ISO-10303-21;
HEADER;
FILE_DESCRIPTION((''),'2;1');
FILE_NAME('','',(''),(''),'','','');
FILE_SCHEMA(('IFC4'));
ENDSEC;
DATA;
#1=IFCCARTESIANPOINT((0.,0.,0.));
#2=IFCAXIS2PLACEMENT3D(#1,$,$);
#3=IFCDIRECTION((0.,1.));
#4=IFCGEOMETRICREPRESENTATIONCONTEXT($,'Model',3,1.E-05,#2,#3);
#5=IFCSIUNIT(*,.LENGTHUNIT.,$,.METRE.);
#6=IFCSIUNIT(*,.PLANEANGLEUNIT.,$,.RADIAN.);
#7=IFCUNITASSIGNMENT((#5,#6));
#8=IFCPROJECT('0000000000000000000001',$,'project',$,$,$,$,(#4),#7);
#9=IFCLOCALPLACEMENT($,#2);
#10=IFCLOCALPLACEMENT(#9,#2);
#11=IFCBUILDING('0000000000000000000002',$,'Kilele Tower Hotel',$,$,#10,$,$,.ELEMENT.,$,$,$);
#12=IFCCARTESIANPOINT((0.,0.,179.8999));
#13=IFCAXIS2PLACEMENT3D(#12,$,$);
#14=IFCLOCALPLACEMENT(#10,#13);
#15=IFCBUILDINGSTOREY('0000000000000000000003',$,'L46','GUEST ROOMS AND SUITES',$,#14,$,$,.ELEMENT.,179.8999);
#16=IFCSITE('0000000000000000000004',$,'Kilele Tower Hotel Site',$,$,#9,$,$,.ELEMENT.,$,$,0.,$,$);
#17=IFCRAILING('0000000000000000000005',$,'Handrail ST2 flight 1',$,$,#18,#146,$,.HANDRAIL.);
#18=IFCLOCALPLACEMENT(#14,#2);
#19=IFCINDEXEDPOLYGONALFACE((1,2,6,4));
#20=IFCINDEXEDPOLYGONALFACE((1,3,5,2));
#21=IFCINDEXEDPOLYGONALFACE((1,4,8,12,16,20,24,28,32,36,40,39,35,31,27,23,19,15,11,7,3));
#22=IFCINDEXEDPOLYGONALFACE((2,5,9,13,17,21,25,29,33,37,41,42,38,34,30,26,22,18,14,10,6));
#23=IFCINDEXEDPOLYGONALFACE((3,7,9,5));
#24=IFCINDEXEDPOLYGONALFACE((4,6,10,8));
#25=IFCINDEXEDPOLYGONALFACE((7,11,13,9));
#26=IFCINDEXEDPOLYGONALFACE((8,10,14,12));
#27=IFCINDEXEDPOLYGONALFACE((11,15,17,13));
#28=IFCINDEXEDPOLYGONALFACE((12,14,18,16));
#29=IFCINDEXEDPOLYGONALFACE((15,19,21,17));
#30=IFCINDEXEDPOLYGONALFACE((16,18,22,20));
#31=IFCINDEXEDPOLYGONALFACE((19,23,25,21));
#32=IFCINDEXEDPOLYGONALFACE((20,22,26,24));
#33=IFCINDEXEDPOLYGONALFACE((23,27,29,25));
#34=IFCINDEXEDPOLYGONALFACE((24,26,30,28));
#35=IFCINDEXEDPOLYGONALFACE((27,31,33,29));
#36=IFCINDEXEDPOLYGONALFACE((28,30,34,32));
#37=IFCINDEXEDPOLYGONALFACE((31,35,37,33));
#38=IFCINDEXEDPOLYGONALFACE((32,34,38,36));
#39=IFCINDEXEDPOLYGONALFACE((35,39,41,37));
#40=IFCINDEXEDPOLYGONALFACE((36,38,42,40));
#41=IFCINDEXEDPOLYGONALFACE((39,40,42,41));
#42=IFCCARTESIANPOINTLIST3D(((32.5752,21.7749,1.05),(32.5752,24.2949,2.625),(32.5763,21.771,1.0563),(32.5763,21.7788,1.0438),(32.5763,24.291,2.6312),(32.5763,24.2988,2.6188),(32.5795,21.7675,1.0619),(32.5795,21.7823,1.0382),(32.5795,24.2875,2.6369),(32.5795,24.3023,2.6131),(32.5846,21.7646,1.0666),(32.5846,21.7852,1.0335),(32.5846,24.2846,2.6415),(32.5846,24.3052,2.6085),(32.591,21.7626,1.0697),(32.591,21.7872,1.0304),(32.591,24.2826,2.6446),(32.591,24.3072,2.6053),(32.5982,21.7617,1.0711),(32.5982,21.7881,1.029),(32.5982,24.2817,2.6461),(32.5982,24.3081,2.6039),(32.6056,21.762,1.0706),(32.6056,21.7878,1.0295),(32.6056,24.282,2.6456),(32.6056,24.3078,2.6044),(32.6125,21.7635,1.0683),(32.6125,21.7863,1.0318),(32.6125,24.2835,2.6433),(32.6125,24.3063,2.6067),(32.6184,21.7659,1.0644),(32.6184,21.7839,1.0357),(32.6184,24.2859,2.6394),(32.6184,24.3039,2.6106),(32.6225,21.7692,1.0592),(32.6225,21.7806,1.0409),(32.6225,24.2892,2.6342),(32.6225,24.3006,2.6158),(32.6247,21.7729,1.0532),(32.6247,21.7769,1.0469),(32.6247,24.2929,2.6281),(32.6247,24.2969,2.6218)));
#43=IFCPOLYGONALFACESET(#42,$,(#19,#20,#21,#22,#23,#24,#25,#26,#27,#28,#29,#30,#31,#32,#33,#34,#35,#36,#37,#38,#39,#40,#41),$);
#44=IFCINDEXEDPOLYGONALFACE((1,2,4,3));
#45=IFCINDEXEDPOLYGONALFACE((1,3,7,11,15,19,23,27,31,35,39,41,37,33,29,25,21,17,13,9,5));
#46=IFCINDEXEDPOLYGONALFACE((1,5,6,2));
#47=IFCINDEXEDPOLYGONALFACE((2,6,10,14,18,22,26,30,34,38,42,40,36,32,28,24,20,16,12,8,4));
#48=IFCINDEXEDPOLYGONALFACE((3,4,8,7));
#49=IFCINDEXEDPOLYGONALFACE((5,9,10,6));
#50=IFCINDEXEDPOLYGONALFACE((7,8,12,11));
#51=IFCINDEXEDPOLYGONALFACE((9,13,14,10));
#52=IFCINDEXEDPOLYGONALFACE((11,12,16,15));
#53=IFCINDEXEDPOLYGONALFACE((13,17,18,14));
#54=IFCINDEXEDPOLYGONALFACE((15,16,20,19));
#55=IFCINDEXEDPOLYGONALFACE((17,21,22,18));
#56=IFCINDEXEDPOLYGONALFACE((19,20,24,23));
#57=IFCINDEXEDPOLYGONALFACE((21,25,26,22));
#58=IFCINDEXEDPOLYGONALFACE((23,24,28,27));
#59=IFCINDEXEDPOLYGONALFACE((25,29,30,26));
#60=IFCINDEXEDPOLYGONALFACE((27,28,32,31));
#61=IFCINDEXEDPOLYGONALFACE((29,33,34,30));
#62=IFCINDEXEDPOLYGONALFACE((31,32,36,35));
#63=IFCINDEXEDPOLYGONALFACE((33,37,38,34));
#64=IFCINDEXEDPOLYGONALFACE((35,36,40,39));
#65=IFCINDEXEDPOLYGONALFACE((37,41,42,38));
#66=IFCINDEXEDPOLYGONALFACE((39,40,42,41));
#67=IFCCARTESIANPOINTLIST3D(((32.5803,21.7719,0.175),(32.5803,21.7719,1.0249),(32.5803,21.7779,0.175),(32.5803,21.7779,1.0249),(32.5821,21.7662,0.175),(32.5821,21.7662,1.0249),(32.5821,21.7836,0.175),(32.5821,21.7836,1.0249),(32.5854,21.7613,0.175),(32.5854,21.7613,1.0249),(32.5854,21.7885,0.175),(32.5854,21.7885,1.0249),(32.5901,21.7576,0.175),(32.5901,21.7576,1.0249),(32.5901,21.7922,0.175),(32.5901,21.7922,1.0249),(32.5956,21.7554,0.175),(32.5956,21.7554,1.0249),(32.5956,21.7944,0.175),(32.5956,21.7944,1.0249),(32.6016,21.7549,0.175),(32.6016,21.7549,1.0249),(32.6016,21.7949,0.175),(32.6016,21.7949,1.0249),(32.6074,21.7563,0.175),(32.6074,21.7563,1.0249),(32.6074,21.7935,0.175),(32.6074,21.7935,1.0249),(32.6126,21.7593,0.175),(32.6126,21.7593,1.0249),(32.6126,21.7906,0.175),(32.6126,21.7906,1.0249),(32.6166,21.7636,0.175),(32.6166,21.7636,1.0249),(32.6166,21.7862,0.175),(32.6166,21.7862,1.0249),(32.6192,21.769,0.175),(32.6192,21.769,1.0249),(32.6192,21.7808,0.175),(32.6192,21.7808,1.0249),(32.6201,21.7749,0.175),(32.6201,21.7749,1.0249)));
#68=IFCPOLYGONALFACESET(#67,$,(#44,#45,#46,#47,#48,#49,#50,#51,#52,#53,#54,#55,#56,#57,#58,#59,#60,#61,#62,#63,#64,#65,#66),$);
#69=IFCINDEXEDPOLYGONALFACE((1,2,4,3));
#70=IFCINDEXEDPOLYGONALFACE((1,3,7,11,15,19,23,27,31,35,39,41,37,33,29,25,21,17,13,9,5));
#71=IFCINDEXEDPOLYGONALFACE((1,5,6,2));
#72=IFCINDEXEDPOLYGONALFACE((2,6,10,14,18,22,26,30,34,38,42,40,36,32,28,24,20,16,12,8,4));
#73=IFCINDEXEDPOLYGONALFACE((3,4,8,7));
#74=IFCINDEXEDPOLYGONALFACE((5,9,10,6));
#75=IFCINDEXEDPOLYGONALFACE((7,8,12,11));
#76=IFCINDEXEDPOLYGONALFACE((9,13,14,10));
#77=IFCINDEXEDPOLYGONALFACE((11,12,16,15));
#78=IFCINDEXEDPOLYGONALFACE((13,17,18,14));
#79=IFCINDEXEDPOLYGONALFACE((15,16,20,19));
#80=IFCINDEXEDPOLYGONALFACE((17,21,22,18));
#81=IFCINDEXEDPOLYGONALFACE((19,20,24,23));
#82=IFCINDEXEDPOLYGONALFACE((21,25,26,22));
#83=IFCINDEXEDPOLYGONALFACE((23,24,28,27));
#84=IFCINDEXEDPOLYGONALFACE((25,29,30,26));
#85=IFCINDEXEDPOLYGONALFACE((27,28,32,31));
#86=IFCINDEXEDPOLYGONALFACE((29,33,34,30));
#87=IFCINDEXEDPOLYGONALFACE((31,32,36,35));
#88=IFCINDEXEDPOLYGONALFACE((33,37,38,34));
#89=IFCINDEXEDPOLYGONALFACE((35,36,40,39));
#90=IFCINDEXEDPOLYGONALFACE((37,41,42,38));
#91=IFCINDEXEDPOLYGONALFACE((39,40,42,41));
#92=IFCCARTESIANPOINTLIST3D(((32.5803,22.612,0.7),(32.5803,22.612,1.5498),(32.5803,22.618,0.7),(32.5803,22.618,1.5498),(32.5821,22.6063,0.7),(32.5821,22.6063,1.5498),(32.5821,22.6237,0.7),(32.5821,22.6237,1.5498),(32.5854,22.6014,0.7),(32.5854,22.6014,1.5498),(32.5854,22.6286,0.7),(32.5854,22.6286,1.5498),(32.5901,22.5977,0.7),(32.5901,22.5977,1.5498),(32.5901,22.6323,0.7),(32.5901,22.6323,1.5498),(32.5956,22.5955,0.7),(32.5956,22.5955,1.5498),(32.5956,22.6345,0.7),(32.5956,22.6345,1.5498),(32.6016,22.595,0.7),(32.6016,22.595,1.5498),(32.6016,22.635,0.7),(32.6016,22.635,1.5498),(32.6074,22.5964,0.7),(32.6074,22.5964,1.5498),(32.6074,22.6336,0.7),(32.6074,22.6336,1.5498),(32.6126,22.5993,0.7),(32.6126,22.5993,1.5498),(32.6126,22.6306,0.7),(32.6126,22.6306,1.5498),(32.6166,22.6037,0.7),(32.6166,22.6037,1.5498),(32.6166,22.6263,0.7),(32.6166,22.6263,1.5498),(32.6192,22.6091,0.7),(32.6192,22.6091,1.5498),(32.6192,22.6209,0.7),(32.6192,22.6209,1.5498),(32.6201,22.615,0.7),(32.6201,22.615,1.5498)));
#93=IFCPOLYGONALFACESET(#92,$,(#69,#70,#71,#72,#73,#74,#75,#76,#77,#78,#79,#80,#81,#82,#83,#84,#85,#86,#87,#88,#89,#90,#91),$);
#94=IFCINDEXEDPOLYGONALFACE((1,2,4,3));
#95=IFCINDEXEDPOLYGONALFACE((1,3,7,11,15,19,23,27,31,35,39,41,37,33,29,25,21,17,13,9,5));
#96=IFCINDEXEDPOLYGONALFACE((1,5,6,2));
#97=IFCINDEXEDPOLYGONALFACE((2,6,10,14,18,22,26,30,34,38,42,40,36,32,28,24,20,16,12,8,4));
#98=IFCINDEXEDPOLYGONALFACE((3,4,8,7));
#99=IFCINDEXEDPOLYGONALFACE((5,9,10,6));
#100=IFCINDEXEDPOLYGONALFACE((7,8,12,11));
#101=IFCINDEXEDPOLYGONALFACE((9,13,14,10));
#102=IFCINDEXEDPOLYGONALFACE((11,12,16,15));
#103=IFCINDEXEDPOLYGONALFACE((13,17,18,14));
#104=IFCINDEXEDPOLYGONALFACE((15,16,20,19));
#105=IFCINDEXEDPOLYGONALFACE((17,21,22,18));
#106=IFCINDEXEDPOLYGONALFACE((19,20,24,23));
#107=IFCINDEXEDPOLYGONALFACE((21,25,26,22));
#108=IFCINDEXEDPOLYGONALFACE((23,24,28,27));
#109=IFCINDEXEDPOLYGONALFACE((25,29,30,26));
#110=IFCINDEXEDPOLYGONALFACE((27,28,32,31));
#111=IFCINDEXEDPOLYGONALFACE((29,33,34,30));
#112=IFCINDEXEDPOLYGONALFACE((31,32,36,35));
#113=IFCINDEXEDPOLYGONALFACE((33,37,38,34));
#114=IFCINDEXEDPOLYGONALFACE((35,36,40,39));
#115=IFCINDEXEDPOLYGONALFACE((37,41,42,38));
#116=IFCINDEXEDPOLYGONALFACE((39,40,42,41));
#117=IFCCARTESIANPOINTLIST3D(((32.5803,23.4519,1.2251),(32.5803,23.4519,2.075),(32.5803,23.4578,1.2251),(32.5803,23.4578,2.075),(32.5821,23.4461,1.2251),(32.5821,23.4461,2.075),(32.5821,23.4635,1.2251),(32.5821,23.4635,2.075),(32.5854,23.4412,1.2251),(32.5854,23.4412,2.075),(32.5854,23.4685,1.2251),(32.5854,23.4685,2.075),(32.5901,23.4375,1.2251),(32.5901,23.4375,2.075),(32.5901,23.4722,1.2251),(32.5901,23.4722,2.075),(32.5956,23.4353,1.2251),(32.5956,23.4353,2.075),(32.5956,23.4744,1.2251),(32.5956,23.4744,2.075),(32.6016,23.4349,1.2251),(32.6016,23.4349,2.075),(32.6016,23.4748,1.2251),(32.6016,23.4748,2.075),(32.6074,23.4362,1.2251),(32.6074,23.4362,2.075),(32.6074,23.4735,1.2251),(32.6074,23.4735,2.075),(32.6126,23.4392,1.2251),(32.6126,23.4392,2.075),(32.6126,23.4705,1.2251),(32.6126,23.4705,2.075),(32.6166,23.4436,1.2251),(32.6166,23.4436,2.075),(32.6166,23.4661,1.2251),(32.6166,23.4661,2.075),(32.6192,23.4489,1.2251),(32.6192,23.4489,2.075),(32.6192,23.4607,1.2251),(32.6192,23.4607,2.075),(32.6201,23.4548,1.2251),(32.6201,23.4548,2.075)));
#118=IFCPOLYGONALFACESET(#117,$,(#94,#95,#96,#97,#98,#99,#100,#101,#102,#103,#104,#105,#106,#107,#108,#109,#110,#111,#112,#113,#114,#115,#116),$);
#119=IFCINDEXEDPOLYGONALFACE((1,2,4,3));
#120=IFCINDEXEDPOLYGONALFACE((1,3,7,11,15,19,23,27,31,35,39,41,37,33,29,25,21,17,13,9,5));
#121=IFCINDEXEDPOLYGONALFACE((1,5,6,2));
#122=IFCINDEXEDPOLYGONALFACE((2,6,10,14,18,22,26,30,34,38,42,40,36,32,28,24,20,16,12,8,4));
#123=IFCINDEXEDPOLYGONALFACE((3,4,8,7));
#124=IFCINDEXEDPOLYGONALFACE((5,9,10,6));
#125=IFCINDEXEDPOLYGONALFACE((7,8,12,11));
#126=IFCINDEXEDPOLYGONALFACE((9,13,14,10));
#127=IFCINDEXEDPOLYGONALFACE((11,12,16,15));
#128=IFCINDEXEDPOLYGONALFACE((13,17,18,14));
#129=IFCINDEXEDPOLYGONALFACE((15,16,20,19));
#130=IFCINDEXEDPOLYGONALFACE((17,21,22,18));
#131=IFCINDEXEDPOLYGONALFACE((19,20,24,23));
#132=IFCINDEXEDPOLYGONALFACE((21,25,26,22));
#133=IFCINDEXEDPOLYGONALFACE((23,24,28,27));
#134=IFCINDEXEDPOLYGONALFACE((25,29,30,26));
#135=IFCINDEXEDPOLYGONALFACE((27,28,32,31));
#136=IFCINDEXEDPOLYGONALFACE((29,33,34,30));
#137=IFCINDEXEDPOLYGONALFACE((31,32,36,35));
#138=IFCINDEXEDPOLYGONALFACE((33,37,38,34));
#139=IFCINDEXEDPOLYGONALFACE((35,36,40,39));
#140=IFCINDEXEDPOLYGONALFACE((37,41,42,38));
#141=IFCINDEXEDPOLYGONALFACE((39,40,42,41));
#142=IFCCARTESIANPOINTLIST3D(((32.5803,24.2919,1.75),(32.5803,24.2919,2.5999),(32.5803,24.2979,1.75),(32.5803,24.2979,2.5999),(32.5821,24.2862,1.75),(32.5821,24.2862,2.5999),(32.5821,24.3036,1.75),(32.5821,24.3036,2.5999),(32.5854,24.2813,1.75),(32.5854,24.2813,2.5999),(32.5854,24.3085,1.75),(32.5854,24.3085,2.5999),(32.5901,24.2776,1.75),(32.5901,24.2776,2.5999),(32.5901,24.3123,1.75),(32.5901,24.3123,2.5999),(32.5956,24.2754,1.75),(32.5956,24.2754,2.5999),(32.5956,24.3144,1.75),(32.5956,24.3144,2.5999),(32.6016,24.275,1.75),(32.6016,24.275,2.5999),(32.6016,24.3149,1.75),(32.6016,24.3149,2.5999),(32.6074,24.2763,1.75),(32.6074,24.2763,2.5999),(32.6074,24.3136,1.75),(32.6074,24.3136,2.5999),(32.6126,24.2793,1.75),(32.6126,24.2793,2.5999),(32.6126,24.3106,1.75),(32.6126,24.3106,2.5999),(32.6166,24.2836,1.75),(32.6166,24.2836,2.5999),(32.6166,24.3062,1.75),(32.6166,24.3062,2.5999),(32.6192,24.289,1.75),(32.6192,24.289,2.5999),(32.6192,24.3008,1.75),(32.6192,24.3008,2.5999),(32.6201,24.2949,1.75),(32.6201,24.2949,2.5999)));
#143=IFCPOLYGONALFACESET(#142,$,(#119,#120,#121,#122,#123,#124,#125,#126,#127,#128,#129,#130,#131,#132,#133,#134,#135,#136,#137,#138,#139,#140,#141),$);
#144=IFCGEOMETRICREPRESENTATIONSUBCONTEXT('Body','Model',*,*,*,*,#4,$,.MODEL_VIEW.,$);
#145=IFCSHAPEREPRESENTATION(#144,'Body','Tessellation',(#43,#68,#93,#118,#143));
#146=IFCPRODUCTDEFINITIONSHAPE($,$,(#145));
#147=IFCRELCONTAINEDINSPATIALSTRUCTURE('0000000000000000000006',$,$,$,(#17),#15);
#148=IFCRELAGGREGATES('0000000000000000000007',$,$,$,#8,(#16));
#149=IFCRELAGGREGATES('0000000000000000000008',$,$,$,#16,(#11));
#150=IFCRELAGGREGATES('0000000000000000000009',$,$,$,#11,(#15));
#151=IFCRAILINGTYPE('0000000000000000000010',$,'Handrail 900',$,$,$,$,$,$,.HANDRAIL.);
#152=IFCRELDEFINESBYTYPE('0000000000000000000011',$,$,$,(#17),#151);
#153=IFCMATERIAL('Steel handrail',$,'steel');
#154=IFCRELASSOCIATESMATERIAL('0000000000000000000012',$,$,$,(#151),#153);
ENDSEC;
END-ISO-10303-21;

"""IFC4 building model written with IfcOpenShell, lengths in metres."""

from ifc_helpers import new_model, si_unit, direction, frame, origin, origin_2d, place, context, subcontext, project, spatial, circle, extrude, material, type_object, element, save


model = new_model("IFC4")

# Units and contexts
model_context = context("Model", 3, precision=1e-05, world=origin(), true_north=direction((0.0, 1.0)))
body_context = subcontext(model_context, "Body", "Model", "MODEL_VIEW")
ifc_project = project(units=[si_unit("LENGTHUNIT", "METRE"), si_unit("PLANEANGLEUNIT", "RADIAN")], contexts=[model_context])

# Site, building, storey
site_placement = place(None, origin())
site = spatial("IfcSite", under=ifc_project, at=site_placement, Name="Kilele Tower Hotel Site", CompositionType="ELEMENT", RefElevation=0.0)
building_placement = place(site_placement, origin())
building = spatial("IfcBuilding", under=site, at=building_placement, Name="Kilele Tower Hotel", CompositionType="ELEMENT")
storey_placement = place(building_placement, frame((0.0, 0.0, 179.8999)))
storey = spatial("IfcBuildingStorey", under=building, at=storey_placement, Name="L46", Description="GUEST ROOMS AND SUITES", CompositionType="ELEMENT", Elevation=179.8999)

# Railing
ifc_material_1 = material(Name="Steel handrail", Category="steel")
railing_type_1 = type_object("IfcRailingType", Name="Handrail 900", PredefinedType="HANDRAIL", material=ifc_material_1)
for number, where, name in (
    (1, (32.6001, 21.7749, 0.175), "Handrail ST2 flight 1"),
):
    element("IfcRailing", number, at=place(storey_placement, frame(where)), inside=storey, type_object=railing_type_1, Name=name, PredefinedType="HANDRAIL", context=body_context, shape_type="SweptSolid", body=[
        extrude(circle(Radius=0.0249, at=origin_2d()), frame((0.0, 0.0, 0.875), z_axis=(0.0, 0.848008, 0.529984), x_axis=(-1.0, 0.0, 0.0)), (0.0, 0.0, 1.0), 2.9717),
        extrude(circle(Radius=0.02, at=origin_2d()), origin(), (0.0, 0.0, 1.0), 0.8499),
        extrude(circle(Radius=0.02, at=origin_2d()), frame((0.0, 0.8401, 0.5249)), (0.0, 0.0, 1.0), 0.8499),
        extrude(circle(Radius=0.02, at=origin_2d()), frame((0.0, 1.6799, 1.05)), (0.0, 0.0, 1.0), 0.8499),
        extrude(circle(Radius=0.02, at=origin_2d()), frame((0.0, 2.52, 1.575)), (0.0, 0.0, 1.0), 0.8499),
    ])

save(model, "model.ifc")
